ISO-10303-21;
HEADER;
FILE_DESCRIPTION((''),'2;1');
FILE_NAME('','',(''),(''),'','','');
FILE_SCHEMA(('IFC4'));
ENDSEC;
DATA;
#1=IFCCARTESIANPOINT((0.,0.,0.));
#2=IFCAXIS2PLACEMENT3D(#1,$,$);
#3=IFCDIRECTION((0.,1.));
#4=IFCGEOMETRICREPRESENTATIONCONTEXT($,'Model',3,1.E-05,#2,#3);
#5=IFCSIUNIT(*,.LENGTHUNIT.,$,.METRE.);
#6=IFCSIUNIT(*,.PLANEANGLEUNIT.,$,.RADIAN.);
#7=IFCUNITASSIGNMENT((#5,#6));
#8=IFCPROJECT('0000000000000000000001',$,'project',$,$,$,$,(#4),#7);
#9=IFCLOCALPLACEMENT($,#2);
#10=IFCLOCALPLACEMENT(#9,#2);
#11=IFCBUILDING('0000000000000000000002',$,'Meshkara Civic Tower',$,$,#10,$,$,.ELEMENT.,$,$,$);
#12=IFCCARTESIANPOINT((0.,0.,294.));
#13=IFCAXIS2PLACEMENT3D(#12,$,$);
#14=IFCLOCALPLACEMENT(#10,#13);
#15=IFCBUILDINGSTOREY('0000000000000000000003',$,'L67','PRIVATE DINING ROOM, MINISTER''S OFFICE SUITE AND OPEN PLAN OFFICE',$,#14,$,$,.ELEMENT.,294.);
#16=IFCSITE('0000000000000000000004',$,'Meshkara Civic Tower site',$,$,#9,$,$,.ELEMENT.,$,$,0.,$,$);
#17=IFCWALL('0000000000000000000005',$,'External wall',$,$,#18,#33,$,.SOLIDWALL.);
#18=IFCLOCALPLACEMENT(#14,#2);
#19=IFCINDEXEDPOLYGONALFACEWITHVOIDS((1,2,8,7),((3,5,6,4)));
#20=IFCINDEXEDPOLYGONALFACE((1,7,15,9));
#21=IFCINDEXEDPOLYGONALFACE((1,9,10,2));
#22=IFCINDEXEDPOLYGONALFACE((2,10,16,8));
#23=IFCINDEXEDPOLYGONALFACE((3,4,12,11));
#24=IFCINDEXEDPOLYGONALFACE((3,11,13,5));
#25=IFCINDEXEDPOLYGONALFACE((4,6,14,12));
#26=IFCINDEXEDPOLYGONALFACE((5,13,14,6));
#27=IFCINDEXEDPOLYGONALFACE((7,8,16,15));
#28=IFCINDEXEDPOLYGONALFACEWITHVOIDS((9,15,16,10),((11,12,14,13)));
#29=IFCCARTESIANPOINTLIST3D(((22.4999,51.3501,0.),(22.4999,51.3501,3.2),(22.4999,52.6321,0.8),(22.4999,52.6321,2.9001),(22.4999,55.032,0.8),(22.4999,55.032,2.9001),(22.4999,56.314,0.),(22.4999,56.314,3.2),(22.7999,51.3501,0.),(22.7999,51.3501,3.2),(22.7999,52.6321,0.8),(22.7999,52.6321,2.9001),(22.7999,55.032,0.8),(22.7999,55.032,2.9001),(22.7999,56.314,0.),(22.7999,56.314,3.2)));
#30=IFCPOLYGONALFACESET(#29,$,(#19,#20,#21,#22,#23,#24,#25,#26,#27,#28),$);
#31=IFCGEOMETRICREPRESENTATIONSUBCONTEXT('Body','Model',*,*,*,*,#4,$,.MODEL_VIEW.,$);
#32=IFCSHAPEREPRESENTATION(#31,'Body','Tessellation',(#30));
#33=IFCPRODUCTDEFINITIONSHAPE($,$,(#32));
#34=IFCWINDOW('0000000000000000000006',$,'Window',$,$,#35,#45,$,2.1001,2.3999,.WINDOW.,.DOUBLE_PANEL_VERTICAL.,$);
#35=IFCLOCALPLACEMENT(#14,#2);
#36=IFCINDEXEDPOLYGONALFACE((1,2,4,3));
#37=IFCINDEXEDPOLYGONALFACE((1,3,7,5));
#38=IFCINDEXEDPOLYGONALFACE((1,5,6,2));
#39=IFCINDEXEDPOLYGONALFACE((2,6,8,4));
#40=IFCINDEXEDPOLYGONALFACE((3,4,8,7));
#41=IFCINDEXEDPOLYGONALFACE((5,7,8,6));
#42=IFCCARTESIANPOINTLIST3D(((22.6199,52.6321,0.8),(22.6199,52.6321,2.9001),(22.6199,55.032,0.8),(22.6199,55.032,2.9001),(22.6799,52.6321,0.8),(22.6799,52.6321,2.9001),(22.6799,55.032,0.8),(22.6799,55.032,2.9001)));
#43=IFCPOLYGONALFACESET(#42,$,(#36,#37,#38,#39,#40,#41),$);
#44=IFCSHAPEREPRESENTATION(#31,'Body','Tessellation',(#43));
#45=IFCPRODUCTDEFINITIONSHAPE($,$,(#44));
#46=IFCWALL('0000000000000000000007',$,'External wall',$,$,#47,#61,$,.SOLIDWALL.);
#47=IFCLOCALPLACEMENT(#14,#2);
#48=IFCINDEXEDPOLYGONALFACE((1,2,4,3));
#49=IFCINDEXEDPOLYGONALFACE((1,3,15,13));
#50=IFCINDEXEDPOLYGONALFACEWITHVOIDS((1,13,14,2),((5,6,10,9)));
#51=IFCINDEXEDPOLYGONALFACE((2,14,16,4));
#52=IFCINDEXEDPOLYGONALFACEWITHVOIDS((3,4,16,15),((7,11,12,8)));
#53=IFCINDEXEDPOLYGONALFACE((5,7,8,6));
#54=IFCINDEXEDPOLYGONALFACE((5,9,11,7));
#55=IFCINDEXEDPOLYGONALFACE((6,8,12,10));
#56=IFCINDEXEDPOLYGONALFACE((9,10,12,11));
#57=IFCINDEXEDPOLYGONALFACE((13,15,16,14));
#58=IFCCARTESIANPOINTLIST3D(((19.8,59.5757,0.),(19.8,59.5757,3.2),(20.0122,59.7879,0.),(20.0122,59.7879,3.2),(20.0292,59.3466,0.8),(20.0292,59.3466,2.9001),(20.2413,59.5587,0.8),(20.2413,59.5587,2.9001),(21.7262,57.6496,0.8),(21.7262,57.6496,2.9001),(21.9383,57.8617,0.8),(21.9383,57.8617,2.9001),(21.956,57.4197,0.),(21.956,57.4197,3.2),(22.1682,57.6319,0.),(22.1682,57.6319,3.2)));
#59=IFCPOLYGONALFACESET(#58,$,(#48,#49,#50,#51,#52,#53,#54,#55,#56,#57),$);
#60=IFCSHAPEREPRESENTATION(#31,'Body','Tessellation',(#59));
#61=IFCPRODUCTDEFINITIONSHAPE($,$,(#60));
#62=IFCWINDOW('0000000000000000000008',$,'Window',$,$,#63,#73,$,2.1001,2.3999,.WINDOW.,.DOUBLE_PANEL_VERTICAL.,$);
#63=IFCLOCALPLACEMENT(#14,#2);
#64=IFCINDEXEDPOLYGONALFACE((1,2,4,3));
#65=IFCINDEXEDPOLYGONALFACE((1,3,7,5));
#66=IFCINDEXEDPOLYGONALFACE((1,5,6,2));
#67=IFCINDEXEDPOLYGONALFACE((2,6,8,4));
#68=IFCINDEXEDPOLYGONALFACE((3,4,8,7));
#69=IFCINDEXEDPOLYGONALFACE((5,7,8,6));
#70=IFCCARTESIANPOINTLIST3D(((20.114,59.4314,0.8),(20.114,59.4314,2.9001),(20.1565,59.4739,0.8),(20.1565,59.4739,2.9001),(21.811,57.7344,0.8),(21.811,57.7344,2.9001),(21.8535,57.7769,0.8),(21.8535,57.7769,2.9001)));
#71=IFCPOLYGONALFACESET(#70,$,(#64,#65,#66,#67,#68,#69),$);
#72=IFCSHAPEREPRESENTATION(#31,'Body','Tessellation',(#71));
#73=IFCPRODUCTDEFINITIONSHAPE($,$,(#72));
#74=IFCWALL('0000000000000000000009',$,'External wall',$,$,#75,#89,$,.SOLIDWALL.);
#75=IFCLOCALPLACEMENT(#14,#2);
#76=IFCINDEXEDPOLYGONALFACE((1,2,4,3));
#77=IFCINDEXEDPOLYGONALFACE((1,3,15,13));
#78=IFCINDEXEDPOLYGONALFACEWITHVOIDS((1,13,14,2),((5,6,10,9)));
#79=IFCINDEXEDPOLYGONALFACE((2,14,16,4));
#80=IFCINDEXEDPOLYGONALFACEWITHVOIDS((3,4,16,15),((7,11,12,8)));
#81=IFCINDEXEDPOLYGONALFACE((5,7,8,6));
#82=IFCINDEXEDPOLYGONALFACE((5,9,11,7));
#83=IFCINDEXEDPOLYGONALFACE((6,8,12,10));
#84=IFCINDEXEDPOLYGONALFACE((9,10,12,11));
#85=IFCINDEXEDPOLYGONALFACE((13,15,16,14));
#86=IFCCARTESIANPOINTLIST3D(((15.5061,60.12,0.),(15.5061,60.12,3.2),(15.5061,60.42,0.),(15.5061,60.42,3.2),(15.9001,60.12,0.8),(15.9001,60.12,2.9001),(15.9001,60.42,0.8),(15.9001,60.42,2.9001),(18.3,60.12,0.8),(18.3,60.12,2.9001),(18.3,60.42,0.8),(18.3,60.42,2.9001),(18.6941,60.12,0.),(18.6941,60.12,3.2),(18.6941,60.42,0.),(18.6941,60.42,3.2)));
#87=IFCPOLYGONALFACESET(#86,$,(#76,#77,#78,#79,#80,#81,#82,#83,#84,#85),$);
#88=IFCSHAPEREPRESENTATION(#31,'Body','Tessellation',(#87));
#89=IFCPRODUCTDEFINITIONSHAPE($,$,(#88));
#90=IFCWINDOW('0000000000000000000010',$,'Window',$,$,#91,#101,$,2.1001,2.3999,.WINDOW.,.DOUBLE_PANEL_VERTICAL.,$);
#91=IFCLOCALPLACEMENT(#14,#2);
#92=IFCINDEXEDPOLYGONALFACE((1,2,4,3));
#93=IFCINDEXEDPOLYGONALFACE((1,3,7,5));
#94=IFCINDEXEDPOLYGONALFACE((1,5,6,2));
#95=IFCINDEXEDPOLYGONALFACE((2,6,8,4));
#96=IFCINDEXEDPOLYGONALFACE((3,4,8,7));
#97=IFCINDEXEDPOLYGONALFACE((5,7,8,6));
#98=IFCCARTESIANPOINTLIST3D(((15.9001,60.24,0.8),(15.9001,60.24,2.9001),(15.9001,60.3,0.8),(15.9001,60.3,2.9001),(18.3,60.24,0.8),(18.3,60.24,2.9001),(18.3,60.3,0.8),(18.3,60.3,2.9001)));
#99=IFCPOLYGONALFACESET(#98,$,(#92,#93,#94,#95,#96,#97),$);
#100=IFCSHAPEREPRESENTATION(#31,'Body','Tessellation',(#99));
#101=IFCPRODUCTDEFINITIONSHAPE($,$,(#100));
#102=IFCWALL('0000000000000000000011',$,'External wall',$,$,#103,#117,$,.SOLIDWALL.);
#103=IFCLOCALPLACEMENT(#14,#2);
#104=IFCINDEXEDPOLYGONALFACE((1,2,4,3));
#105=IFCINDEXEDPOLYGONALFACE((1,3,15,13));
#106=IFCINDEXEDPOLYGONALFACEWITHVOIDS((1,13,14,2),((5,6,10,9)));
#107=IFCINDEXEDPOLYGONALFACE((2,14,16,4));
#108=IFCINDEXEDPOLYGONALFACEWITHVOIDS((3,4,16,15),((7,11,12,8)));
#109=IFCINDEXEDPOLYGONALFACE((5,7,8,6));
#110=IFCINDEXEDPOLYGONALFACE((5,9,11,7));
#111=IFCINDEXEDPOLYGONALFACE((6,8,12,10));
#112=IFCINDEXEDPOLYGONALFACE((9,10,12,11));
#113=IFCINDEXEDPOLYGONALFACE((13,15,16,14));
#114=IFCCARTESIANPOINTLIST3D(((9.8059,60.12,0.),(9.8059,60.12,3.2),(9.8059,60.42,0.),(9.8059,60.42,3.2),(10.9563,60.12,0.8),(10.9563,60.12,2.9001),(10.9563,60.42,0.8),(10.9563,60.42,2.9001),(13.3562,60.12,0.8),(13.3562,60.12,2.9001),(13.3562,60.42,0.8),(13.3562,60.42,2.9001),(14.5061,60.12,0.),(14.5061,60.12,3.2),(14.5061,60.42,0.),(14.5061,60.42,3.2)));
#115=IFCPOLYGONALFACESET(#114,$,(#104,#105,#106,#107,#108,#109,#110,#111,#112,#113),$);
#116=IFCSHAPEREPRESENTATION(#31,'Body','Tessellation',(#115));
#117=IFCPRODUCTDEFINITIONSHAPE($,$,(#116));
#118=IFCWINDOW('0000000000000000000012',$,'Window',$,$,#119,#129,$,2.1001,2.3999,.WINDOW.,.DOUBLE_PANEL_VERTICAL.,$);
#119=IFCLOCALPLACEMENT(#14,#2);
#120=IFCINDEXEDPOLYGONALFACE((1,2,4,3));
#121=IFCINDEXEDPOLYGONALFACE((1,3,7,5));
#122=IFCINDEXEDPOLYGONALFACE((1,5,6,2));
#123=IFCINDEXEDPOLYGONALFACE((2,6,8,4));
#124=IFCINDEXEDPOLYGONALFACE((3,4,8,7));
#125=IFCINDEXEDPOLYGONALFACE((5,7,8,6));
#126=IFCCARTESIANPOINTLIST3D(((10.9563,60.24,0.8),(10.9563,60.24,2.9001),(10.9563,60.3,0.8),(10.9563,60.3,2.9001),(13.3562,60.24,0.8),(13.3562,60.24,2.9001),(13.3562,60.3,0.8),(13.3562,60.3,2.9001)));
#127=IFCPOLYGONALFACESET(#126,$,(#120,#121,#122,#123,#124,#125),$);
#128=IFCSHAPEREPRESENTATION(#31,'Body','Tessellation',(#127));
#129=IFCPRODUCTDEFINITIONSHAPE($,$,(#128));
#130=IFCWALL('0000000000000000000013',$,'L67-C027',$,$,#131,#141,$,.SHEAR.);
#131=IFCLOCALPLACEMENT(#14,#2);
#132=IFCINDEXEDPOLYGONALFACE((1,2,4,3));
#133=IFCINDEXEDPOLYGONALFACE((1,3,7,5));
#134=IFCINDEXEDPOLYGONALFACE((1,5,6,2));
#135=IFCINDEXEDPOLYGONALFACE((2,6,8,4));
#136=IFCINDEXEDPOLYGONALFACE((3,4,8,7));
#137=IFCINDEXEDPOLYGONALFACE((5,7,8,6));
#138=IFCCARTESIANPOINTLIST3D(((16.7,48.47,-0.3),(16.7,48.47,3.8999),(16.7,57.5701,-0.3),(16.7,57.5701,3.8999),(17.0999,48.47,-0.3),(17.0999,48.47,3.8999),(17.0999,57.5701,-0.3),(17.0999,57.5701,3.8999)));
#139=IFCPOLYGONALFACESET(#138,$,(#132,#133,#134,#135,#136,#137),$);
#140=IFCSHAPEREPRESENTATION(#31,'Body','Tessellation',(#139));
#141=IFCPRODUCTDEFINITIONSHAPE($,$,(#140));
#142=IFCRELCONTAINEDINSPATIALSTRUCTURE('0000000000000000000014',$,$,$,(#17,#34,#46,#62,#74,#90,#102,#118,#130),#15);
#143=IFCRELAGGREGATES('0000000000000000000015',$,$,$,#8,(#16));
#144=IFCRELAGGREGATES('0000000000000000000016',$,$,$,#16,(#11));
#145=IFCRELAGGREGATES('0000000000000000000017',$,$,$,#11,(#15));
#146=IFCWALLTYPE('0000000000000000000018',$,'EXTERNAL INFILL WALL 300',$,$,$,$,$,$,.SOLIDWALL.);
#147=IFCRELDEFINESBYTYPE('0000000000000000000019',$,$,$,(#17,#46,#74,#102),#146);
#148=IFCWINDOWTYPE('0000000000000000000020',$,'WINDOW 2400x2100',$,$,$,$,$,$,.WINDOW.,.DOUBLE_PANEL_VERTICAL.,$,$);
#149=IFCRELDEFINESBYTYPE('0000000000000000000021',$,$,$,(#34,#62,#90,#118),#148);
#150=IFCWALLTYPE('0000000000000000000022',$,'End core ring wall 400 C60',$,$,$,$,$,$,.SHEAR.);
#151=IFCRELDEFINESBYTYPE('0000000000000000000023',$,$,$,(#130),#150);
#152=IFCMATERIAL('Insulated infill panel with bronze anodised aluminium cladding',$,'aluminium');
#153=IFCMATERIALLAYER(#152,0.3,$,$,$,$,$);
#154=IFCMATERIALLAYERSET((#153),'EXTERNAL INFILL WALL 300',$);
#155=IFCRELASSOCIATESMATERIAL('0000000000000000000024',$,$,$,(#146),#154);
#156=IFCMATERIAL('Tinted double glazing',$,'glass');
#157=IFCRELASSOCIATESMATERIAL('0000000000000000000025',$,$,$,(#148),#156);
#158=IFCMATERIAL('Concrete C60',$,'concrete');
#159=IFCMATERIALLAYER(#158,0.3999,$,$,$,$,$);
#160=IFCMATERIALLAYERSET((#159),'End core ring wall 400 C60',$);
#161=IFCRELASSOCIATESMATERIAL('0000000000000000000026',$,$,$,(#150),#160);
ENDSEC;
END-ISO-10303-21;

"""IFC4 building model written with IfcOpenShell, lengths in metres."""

from ifc_helpers import new_model, si_unit, direction, frame, frame_2d, origin, place, context, subcontext, project, spatial, rectangle, extrude, material, layer, layer_set, type_object, element, fill, save


model = new_model("IFC4")

# Units and contexts
model_context = context("Model", 3, precision=1e-05, world=origin(), true_north=direction((0.0, 1.0)))
body_context = subcontext(model_context, "Body", "Model", "MODEL_VIEW")
ifc_project = project(units=[si_unit("LENGTHUNIT", "METRE"), si_unit("PLANEANGLEUNIT", "RADIAN")], contexts=[model_context])

# Site, building, storey
site_placement = place(None, origin())
site = spatial("IfcSite", under=ifc_project, at=site_placement, Name="Meshkara Civic Tower site", CompositionType="ELEMENT", RefElevation=0.0)
building_placement = place(site_placement, origin())
building = spatial("IfcBuilding", under=site, at=building_placement, Name="Meshkara Civic Tower", CompositionType="ELEMENT")
storey_placement = place(building_placement, frame((0.0, 0.0, 294.0)))
storey = spatial("IfcBuildingStorey", under=building, at=storey_placement, Name="L67", Description="PRIVATE DINING ROOM, MINISTER'S OFFICE SUITE AND OPEN PLAN OFFICE", CompositionType="ELEMENT", Elevation=294.0)

# Walls, openings, windows
ifc_material_1 = material(Name="Insulated infill panel with bronze anodised aluminium cladding", Category="aluminium")
ifc_layer_1 = layer(ifc_material_1, 0.3)
ifc_layer_set_1 = layer_set([ifc_layer_1], Name="EXTERNAL INFILL WALL 300")
wall_type_1 = type_object("IfcWallType", Name="EXTERNAL INFILL WALL 300", PredefinedType="SOLIDWALL", material=ifc_layer_set_1)
wall_1_placement = place(storey_placement, frame((22.6499, 51.3501, 0.0), z_axis=(0.0, 0.0, 1.0), x_axis=(0.0, 1.0, 0.0)))
wall_1 = element("IfcWall", 1, at=wall_1_placement, inside=storey, type_object=wall_type_1, Name="External wall", PredefinedType="SOLIDWALL", context=body_context, shape_type="SweptSolid", body=[
    extrude(rectangle(XDim=4.9639, YDim=0.3, at=frame_2d((2.4819, 0.0))), origin(), (0.0, 0.0, 1.0), 3.2),
])
opening_1_placement = place(wall_1_placement, frame((1.282, 0.0, 0.8)))
opening_1 = element("IfcOpeningElement", 2, at=opening_1_placement, cuts=wall_1, PredefinedType="OPENING", context=body_context, shape_type="SweptSolid", body=[
    extrude(rectangle(XDim=2.3999, YDim=2.1001, at=frame_2d((1.2, 1.05))), frame((0.0, 0.1599, 0.0), z_axis=(0.0, -1.0, 0.0), x_axis=(1.0, 0.0, 0.0)), (0.0, 0.0, 1.0), 0.3201),
])
ifc_material_2 = material(Name="Tinted double glazing", Category="glass")
window_type = type_object("IfcWindowType", Name="WINDOW 2400x2100", PartitioningType="DOUBLE_PANEL_VERTICAL", PredefinedType="WINDOW", material=ifc_material_2)
window_1_placement = place(opening_1_placement, origin())
window_1 = element("IfcWindow", 3, at=window_1_placement, inside=storey, type_object=window_type, Name="Window", OverallHeight=2.1001, OverallWidth=2.3999, PartitioningType="DOUBLE_PANEL_VERTICAL", PredefinedType="WINDOW", context=body_context, shape_type="SweptSolid", body=[
    extrude(rectangle(XDim=2.3999, YDim=2.1001, at=frame_2d((1.2, 1.05))), frame((0.0, 0.03, 0.0), z_axis=(0.0, -1.0, 0.0), x_axis=(1.0, 0.0, 0.0)), (0.0, 0.0, 1.0), 0.0601),
])
fill(opening_1, window_1)
wall_2_placement = place(storey_placement, frame((22.062, 57.5259, 0.0), z_axis=(0.0, 0.0, 1.0), x_axis=(-0.707107, 0.707107, 0.0)))
wall_2 = element("IfcWall", 4, at=wall_2_placement, inside=storey, type_object=wall_type_1, Name="External wall", PredefinedType="SOLIDWALL", context=body_context, shape_type="SweptSolid", body=[
    extrude(rectangle(XDim=3.0491, YDim=0.3, at=frame_2d((1.5244, 0.0))), origin(), (0.0, 0.0, 1.0), 3.2),
])
opening_2_placement = place(wall_2_placement, frame((0.325, 0.0, 0.8)))
opening_2 = element("IfcOpeningElement", 5, at=opening_2_placement, cuts=wall_2, PredefinedType="OPENING", context=body_context, shape_type="SweptSolid", body=[
    extrude(rectangle(XDim=2.3999, YDim=2.1001, at=frame_2d((1.2, 1.05))), frame((0.0, 0.1599, 0.0), z_axis=(0.0, -1.0, 0.0), x_axis=(1.0, 0.0, 0.0)), (0.0, 0.0, 1.0), 0.3201),
])
window_2_placement = place(opening_2_placement, origin())
window_2 = element("IfcWindow", 6, at=window_2_placement, inside=storey, type_object=window_type, Name="Window", OverallHeight=2.1001, OverallWidth=2.3999, PartitioningType="DOUBLE_PANEL_VERTICAL", PredefinedType="WINDOW", context=body_context, shape_type="SweptSolid", body=[
    extrude(rectangle(XDim=2.3999, YDim=2.1001, at=frame_2d((1.2, 1.05))), frame((0.0, 0.03, 0.0), z_axis=(0.0, -1.0, 0.0), x_axis=(1.0, 0.0, 0.0)), (0.0, 0.0, 1.0), 0.0601),
])
fill(opening_2, window_2)
wall_3_placement = place(storey_placement, frame((18.6941, 60.27, 0.0), z_axis=(0.0, 0.0, 1.0), x_axis=(-1.0, 0.0, 0.0)))
wall_3 = element("IfcWall", 7, at=wall_3_placement, inside=storey, type_object=wall_type_1, Name="External wall", PredefinedType="SOLIDWALL", context=body_context, shape_type="SweptSolid", body=[
    extrude(rectangle(XDim=3.188, YDim=0.3, at=frame_2d((1.594, 0.0))), origin(), (0.0, 0.0, 1.0), 3.2),
])
opening_3_placement = place(wall_3_placement, frame((0.394, 0.0, 0.8)))
opening_3 = element("IfcOpeningElement", 8, at=opening_3_placement, cuts=wall_3, PredefinedType="OPENING", context=body_context, shape_type="SweptSolid", body=[
    extrude(rectangle(XDim=2.3999, YDim=2.1001, at=frame_2d((1.2, 1.05))), frame((0.0, 0.1599, 0.0), z_axis=(0.0, -1.0, 0.0), x_axis=(1.0, 0.0, 0.0)), (0.0, 0.0, 1.0), 0.3201),
])
window_3_placement = place(opening_3_placement, origin())
window_3 = element("IfcWindow", 9, at=window_3_placement, inside=storey, type_object=window_type, Name="Window", OverallHeight=2.1001, OverallWidth=2.3999, PartitioningType="DOUBLE_PANEL_VERTICAL", PredefinedType="WINDOW", context=body_context, shape_type="SweptSolid", body=[
    extrude(rectangle(XDim=2.3999, YDim=2.1001, at=frame_2d((1.2, 1.05))), frame((0.0, 0.03, 0.0), z_axis=(0.0, -1.0, 0.0), x_axis=(1.0, 0.0, 0.0)), (0.0, 0.0, 1.0), 0.0601),
])
fill(opening_3, window_3)
wall_4_placement = place(storey_placement, frame((14.5061, 60.27, 0.0), z_axis=(0.0, 0.0, 1.0), x_axis=(-1.0, 0.0, 0.0)))
wall_4 = element("IfcWall", 10, at=wall_4_placement, inside=storey, type_object=wall_type_1, Name="External wall", PredefinedType="SOLIDWALL", context=body_context, shape_type="SweptSolid", body=[
    extrude(rectangle(XDim=4.7002, YDim=0.3, at=frame_2d((2.3501, 0.0))), origin(), (0.0, 0.0, 1.0), 3.2),
])
opening_4_placement = place(wall_4_placement, frame((1.1499, 0.0, 0.8)))
opening_4 = element("IfcOpeningElement", 11, at=opening_4_placement, cuts=wall_4, PredefinedType="OPENING", context=body_context, shape_type="SweptSolid", body=[
    extrude(rectangle(XDim=2.3999, YDim=2.1001, at=frame_2d((1.2, 1.05))), frame((0.0, 0.1599, 0.0), z_axis=(0.0, -1.0, 0.0), x_axis=(1.0, 0.0, 0.0)), (0.0, 0.0, 1.0), 0.3201),
])
window_4_placement = place(opening_4_placement, origin())
window_4 = element("IfcWindow", 12, at=window_4_placement, inside=storey, type_object=window_type, Name="Window", OverallHeight=2.1001, OverallWidth=2.3999, PartitioningType="DOUBLE_PANEL_VERTICAL", PredefinedType="WINDOW", context=body_context, shape_type="SweptSolid", body=[
    extrude(rectangle(XDim=2.3999, YDim=2.1001, at=frame_2d((1.2, 1.05))), frame((0.0, 0.03, 0.0), z_axis=(0.0, -1.0, 0.0), x_axis=(1.0, 0.0, 0.0)), (0.0, 0.0, 1.0), 0.0601),
])
fill(opening_4, window_4)

# Wall
ifc_material_3 = material(Name="Concrete C60", Category="concrete")
ifc_layer_2 = layer(ifc_material_3, 0.3999)
ifc_layer_set_2 = layer_set([ifc_layer_2], Name="End core ring wall 400 C60")
wall_type_2 = type_object("IfcWallType", Name="End core ring wall 400 C60", PredefinedType="SHEAR", material=ifc_layer_set_2)
wall_5_placement = place(storey_placement, frame((16.8999, 48.47, -0.3), z_axis=(0.0, 0.0, 1.0), x_axis=(0.0, 1.0, 0.0)))
element("IfcWall", 13, at=wall_5_placement, inside=storey, type_object=wall_type_2, Name="L67-C027", PredefinedType="SHEAR", context=body_context, shape_type="SweptSolid", body=[
    extrude(rectangle(XDim=9.1001, YDim=0.3999, at=frame_2d((4.55, 0.0))), origin(), (0.0, 0.0, 1.0), 4.2),
])

save(model, "model.ifc")
